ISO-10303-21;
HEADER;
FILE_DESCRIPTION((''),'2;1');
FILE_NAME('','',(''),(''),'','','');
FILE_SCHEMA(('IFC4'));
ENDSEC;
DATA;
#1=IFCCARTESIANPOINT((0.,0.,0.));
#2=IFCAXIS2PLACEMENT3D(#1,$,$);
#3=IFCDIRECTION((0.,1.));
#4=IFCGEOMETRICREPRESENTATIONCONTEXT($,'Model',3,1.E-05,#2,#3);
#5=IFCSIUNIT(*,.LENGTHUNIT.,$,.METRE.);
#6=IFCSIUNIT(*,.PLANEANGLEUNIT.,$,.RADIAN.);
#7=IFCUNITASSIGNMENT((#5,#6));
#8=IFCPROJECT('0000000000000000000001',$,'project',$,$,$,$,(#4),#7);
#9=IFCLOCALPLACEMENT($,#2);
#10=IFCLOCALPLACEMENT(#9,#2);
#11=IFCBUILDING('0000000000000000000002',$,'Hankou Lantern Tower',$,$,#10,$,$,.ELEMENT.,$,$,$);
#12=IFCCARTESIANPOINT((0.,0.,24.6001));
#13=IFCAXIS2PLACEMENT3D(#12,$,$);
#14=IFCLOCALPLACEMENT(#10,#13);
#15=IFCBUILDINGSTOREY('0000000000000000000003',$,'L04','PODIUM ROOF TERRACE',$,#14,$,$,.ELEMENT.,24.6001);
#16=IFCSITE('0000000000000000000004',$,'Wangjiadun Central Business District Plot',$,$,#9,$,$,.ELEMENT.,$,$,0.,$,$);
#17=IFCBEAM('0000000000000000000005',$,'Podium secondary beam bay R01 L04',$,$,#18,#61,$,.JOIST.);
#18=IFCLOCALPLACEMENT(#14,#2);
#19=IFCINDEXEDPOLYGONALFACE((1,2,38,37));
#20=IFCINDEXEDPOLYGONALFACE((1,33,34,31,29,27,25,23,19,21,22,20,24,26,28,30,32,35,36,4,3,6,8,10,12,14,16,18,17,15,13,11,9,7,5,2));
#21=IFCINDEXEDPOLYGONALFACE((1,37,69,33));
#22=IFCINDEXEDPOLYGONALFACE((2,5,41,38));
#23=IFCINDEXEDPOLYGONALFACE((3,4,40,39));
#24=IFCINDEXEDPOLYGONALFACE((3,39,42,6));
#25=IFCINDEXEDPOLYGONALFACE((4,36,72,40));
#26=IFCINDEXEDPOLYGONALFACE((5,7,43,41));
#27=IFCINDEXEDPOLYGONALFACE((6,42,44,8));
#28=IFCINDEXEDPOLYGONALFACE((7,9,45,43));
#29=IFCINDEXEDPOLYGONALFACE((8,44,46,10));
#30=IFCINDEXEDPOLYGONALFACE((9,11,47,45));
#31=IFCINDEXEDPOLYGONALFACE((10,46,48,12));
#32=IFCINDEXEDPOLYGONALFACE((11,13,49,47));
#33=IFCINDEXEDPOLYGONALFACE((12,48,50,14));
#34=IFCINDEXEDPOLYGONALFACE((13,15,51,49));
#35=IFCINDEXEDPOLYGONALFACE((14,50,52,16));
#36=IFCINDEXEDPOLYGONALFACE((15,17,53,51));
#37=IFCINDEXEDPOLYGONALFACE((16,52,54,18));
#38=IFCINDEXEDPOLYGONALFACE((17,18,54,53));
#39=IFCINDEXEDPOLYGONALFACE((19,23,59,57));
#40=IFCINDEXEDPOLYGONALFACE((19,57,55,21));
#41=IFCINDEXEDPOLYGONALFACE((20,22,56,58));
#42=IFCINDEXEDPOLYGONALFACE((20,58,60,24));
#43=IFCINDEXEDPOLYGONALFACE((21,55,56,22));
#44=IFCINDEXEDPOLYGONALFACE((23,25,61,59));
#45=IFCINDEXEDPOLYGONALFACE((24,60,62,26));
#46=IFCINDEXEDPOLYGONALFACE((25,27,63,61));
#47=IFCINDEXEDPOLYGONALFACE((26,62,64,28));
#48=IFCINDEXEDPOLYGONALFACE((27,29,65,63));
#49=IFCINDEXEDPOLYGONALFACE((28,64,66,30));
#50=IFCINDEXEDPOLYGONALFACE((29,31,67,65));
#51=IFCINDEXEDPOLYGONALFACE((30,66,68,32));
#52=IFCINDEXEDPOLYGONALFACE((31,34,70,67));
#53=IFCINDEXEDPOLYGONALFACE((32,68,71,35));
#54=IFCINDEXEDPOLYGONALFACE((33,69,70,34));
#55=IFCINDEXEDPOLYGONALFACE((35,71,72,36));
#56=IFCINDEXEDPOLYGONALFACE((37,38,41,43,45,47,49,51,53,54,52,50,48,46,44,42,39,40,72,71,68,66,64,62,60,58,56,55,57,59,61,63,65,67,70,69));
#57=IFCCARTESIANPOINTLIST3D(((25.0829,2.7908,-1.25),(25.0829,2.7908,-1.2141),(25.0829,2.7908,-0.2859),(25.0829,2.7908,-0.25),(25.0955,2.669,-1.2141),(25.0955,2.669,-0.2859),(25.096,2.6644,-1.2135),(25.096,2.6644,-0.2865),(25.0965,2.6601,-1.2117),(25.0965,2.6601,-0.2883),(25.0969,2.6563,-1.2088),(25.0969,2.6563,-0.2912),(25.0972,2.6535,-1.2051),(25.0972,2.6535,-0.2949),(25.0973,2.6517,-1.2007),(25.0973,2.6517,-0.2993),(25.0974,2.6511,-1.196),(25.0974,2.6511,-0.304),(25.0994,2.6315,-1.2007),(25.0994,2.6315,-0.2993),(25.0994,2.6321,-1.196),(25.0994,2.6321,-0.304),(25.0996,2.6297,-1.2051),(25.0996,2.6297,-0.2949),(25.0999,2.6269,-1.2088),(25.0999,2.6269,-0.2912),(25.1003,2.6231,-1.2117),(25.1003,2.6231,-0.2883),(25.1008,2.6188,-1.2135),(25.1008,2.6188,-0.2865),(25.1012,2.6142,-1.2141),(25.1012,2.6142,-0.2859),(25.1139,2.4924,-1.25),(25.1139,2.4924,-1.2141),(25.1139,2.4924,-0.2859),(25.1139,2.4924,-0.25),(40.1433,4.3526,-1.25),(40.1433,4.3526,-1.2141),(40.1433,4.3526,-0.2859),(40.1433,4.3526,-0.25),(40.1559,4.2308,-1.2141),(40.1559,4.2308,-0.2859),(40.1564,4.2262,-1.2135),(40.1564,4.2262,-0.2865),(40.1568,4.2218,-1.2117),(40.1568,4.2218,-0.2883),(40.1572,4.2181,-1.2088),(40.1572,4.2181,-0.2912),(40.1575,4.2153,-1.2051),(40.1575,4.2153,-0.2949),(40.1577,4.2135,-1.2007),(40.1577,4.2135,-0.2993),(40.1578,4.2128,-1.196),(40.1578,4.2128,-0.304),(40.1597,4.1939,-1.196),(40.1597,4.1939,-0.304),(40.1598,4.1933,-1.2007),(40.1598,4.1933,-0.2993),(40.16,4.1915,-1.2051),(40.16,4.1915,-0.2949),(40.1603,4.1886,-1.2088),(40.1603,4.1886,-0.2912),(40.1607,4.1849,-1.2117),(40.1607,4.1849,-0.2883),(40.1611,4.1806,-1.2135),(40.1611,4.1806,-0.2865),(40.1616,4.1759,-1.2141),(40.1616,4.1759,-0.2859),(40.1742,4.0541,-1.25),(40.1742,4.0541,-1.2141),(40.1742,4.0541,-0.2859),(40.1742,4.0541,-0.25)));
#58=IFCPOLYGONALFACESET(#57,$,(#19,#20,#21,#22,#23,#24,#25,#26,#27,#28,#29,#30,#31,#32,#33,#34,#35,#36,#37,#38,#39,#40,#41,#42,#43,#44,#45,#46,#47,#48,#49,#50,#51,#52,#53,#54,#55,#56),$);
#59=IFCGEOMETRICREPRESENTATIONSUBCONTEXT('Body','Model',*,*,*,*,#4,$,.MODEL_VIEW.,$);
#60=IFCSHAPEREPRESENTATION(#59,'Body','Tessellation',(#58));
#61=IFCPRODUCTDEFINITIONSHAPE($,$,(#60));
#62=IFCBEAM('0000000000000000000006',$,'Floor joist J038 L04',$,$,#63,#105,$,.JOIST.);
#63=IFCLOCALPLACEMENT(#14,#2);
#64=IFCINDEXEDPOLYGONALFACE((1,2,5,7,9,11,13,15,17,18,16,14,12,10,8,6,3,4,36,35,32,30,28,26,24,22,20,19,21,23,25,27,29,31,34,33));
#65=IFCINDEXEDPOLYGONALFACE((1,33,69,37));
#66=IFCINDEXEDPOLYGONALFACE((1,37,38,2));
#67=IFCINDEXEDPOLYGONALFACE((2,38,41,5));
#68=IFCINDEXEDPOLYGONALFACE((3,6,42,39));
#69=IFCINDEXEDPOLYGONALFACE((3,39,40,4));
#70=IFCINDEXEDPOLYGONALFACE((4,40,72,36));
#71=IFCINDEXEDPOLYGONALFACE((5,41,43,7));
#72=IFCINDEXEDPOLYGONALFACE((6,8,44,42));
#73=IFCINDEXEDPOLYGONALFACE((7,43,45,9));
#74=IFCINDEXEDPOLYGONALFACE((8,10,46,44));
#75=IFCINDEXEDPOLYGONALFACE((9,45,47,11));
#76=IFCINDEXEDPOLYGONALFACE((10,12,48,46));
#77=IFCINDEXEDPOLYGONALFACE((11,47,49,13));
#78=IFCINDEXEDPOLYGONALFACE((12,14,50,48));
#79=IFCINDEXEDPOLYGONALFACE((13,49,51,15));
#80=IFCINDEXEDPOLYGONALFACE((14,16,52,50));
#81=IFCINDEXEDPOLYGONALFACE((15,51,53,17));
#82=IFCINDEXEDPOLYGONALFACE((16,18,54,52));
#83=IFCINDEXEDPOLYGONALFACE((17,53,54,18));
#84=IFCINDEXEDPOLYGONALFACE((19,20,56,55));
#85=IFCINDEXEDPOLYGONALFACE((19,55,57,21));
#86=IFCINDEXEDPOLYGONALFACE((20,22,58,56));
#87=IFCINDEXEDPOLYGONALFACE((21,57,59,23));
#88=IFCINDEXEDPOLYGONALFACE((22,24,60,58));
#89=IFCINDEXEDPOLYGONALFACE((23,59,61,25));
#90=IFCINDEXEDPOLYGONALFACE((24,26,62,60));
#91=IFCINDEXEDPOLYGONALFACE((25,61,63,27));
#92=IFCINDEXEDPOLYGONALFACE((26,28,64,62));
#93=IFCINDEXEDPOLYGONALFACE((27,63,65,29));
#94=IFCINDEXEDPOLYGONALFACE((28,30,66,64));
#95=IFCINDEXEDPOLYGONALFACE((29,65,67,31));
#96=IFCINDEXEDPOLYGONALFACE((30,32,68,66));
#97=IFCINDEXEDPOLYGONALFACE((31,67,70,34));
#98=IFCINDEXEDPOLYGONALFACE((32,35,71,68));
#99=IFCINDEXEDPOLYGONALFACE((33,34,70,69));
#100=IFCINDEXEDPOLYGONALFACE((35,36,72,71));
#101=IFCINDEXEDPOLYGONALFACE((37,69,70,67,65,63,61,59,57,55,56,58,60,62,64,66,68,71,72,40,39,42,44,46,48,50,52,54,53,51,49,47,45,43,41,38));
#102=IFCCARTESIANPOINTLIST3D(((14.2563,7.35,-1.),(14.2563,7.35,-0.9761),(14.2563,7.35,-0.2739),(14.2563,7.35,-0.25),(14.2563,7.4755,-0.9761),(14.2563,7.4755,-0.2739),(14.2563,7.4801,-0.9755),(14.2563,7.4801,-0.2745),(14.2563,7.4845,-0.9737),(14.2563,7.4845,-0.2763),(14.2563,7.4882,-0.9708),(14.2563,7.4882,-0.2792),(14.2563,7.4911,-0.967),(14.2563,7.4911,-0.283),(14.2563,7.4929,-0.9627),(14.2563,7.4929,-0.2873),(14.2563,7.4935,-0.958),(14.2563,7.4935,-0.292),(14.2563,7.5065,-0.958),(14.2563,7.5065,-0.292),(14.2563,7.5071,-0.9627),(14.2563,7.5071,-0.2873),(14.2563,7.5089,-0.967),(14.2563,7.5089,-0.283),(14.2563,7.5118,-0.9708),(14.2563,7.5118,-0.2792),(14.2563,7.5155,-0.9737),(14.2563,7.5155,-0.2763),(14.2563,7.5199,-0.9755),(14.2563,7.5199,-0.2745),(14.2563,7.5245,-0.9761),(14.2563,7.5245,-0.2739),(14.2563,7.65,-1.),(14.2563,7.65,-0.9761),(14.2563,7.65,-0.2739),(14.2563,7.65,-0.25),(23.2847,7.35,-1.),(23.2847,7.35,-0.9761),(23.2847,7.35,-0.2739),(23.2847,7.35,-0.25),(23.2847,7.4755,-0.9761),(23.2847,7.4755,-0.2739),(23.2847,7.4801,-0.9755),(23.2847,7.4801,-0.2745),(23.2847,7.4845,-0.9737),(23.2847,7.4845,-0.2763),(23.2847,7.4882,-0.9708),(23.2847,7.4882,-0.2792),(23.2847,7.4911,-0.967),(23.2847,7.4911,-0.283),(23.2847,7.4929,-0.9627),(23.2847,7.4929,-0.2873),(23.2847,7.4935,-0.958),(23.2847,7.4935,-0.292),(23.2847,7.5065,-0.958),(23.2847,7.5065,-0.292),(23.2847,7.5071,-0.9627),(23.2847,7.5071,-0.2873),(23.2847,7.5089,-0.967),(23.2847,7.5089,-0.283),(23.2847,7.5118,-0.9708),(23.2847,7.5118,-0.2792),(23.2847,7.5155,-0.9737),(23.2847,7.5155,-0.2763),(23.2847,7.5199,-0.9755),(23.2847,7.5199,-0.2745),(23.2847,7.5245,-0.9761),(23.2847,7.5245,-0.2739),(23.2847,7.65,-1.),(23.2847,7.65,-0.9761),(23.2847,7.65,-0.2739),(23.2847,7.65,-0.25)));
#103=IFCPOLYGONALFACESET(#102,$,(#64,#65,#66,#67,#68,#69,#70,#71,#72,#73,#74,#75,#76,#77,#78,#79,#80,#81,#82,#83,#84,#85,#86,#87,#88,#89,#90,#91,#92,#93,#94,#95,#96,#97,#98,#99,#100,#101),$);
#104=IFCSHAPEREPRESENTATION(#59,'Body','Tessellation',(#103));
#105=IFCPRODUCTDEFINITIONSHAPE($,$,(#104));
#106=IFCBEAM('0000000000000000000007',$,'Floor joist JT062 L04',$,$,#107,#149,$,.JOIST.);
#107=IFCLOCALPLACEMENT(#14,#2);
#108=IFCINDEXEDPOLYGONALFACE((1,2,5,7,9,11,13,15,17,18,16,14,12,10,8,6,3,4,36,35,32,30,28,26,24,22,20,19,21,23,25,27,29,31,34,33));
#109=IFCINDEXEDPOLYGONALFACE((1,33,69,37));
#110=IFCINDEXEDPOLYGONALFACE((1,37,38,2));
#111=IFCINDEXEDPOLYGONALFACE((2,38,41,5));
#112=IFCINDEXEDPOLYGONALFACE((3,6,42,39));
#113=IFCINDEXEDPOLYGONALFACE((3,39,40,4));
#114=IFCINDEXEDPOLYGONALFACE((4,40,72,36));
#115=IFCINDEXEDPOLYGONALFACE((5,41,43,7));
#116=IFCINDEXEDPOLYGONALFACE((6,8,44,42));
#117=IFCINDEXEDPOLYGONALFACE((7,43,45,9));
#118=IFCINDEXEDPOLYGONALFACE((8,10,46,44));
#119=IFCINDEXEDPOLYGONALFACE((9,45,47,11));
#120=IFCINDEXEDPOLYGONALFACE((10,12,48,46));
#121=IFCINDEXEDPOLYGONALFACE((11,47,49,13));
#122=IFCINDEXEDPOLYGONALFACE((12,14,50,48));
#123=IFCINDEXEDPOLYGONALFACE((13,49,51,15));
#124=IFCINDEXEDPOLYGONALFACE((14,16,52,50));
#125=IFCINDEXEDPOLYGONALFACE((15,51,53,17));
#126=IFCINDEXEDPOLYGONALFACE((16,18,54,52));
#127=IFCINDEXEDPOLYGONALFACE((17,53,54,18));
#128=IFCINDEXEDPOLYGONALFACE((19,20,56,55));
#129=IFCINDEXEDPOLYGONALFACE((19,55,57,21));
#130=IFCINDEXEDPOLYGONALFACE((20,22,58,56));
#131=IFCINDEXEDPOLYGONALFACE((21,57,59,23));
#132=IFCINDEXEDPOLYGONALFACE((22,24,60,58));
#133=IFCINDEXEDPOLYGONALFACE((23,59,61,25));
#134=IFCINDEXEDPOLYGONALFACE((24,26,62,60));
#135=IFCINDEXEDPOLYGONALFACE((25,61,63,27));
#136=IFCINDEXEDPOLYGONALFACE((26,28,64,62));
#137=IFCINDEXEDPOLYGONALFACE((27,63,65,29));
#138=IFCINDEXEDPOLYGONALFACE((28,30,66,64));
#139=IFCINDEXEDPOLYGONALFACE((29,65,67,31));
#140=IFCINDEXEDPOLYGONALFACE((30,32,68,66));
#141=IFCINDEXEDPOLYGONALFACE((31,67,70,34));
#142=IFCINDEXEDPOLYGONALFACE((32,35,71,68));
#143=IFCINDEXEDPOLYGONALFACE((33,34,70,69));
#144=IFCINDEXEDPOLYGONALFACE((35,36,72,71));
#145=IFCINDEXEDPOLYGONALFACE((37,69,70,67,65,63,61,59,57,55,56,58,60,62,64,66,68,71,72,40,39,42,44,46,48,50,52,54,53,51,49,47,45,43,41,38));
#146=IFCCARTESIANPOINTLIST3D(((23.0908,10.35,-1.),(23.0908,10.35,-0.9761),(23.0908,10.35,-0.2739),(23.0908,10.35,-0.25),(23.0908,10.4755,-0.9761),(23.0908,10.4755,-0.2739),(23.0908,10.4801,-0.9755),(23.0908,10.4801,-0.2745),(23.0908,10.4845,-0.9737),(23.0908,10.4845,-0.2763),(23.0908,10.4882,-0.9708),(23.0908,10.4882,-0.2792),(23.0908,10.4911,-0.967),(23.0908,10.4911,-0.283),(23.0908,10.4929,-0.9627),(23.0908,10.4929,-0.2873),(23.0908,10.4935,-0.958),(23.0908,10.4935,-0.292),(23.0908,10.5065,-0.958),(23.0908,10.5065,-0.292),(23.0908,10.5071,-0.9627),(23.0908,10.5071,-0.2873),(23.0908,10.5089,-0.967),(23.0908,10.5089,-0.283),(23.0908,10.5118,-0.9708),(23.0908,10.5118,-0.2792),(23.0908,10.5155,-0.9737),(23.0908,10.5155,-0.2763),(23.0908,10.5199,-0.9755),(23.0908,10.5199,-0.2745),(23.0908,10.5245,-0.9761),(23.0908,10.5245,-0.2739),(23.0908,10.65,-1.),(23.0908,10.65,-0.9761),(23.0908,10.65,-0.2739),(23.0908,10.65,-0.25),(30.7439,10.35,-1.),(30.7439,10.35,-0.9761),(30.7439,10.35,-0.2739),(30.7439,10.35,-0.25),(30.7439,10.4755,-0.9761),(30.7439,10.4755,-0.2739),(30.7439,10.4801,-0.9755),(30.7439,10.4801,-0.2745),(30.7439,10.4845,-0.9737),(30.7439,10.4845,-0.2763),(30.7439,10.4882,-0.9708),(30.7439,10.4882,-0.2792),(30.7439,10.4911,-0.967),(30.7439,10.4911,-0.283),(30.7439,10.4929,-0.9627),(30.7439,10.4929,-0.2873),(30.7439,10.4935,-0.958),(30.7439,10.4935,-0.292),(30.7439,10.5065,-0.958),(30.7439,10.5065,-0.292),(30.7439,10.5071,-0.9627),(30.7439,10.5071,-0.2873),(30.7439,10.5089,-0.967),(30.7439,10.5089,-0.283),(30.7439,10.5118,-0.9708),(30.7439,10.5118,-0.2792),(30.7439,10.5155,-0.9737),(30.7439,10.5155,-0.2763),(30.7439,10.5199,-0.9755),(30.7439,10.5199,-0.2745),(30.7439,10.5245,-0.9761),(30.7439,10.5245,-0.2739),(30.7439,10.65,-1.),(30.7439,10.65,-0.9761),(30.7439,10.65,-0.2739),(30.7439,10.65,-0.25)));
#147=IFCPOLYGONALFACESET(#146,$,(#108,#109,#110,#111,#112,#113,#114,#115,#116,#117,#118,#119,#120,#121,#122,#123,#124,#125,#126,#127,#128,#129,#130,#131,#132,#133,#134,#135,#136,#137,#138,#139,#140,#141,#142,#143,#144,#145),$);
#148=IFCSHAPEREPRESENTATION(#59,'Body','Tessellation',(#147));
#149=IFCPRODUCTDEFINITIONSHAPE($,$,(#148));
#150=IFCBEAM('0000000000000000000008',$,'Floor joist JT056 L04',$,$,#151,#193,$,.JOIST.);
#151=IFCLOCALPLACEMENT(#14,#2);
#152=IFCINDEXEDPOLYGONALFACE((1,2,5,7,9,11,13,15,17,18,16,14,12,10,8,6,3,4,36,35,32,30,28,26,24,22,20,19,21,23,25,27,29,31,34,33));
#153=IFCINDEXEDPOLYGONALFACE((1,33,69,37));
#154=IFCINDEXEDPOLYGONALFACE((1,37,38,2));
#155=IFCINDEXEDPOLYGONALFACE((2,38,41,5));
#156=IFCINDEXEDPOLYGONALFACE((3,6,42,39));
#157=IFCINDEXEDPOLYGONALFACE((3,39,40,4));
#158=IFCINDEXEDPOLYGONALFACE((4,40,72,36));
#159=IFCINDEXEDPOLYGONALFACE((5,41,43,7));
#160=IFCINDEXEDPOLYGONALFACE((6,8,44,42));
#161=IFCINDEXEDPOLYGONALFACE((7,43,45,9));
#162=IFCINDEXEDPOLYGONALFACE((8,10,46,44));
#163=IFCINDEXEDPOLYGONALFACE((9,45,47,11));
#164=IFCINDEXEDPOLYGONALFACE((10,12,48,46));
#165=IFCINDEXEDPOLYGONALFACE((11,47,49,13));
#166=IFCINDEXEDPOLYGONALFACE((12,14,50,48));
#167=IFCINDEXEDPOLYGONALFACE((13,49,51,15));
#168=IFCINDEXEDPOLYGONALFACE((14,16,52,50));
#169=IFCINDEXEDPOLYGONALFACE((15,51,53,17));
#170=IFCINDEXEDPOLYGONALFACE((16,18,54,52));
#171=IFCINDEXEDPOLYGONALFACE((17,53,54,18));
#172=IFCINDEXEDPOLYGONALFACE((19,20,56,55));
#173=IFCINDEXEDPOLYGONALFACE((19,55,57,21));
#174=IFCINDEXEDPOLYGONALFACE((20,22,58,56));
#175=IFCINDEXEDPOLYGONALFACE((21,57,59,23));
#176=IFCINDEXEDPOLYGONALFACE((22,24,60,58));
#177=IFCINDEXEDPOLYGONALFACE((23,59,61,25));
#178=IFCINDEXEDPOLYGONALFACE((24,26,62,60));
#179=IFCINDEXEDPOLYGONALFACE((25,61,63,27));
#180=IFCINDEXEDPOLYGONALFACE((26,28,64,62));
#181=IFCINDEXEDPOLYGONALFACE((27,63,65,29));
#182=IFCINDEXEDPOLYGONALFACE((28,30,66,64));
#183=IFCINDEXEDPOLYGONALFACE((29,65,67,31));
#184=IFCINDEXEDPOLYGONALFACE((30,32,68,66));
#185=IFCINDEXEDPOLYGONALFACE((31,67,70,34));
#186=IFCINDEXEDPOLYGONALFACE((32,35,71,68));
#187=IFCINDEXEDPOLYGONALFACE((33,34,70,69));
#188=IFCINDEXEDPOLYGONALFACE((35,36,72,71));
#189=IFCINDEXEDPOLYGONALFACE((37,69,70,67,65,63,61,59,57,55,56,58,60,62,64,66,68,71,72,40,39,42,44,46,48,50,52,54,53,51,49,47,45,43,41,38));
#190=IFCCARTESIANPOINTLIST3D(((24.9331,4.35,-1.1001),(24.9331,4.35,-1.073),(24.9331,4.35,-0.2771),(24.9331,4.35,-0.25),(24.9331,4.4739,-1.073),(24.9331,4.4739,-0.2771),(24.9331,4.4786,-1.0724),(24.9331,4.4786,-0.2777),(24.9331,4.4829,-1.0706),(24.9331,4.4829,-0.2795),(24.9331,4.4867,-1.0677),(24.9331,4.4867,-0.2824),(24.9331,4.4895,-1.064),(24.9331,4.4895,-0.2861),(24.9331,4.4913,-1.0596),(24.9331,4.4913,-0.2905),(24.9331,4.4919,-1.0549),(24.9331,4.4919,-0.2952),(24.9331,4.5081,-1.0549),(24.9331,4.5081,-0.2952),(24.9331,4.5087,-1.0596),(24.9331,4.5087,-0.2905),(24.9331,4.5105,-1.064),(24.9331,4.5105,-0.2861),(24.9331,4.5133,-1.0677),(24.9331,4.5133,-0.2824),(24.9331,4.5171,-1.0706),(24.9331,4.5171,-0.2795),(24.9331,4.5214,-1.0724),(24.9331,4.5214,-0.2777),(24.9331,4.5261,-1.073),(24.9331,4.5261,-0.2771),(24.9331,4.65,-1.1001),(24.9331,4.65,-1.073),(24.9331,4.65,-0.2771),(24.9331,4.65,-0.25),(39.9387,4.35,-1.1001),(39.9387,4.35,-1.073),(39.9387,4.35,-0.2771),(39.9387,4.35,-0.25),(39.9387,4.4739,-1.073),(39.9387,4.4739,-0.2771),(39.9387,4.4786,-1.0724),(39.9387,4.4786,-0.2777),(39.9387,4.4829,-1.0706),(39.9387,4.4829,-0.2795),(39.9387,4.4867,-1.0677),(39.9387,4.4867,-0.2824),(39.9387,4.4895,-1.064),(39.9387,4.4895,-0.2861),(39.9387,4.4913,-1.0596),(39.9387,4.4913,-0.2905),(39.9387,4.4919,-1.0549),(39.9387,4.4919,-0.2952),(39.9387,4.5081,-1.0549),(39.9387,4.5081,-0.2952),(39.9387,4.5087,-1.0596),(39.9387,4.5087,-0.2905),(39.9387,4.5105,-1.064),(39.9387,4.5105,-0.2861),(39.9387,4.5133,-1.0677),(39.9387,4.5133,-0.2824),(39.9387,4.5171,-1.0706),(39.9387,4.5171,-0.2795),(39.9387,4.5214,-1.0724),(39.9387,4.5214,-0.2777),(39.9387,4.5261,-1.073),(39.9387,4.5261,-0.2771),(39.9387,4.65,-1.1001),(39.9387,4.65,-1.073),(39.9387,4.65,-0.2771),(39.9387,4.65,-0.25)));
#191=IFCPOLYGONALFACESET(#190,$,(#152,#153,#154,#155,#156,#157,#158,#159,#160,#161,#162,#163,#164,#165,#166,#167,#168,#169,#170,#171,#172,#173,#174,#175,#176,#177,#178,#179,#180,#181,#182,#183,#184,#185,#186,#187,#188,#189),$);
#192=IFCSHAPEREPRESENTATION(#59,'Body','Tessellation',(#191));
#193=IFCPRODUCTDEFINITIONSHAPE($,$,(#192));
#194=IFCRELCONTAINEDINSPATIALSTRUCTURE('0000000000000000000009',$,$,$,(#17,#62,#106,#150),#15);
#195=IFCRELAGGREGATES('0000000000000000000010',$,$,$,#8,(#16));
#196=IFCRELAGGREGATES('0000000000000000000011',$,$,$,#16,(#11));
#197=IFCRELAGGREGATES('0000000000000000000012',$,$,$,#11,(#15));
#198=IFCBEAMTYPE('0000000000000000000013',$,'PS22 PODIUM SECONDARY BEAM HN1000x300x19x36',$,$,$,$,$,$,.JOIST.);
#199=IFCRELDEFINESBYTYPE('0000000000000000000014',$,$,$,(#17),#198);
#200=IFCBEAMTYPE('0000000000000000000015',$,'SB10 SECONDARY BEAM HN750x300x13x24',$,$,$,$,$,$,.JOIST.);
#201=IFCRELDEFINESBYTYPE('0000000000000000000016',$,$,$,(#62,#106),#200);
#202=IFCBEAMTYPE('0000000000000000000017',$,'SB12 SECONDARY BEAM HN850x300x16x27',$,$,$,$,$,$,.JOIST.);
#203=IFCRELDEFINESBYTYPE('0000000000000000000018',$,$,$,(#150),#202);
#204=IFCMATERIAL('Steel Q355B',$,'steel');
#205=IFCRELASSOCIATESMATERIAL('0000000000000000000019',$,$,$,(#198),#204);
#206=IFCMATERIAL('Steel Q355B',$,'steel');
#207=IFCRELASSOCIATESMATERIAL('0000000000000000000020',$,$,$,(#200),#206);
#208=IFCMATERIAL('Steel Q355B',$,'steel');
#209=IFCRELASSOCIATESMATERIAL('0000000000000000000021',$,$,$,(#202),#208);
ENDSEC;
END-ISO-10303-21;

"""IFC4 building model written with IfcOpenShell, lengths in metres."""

from ifc_helpers import new_model, si_unit, direction, frame, origin, origin_2d, place, context, subcontext, project, spatial, i_section, extrude, material, material_profile, profile_set, type_object, element, save


model = new_model("IFC4")

# Units and contexts
model_context = context("Model", 3, precision=1e-05, world=origin(), true_north=direction((0.0, 1.0)))
body_context = subcontext(model_context, "Body", "Model", "MODEL_VIEW")
ifc_project = project(units=[si_unit("LENGTHUNIT", "METRE"), si_unit("PLANEANGLEUNIT", "RADIAN")], contexts=[model_context])

# Site, building, storey
site_placement = place(None, origin())
site = spatial("IfcSite", under=ifc_project, at=site_placement, Name="Wangjiadun Central Business District Plot", CompositionType="ELEMENT", RefElevation=0.0)
building_placement = place(site_placement, origin())
building = spatial("IfcBuilding", under=site, at=building_placement, Name="Hankou Lantern Tower", CompositionType="ELEMENT")
storey_placement = place(building_placement, frame((0.0, 0.0, 24.6001)))
storey = spatial("IfcBuildingStorey", under=building, at=storey_placement, Name="L04", Description="PODIUM ROOF TERRACE", CompositionType="ELEMENT", Elevation=24.6001)

# Beams
ifc_material_1 = material(Name="Steel Q355B", Category="steel")
ifc_material_profile_1 = material_profile(ifc_material_1, i_section(OverallWidth=0.3, OverallDepth=1.0, WebThickness=0.019, FlangeThickness=0.0359, FilletRadius=0.0181, at=origin_2d()), Name="HN1000x300x19x36")
ifc_profile_set_1 = profile_set([ifc_material_profile_1], Name="Steel Q355B")
beam_type_1 = type_object("IfcBeamType", Name="PS22 PODIUM SECONDARY BEAM HN1000x300x19x36", PredefinedType="JOIST", material=ifc_profile_set_1)
beam_1_placement = place(storey_placement, frame((25.0984, 2.6416, -0.75), z_axis=(0.994666, 0.103148, 0.0), x_axis=(-0.103148, 0.994666, 0.0)))
element("IfcBeam", 1, at=beam_1_placement, inside=storey, type_object=beam_type_1, Name="Podium secondary beam bay R01 L04", PredefinedType="JOIST", context=body_context, shape_type="SweptSolid", body=[
    extrude(i_section(OverallWidth=0.3, OverallDepth=1.0, WebThickness=0.019, FlangeThickness=0.0359, FilletRadius=0.0181, at=origin_2d()), origin(), (0.0, 0.0, 1.0), 15.1411),
])
ifc_material_2 = material(Name="Steel Q355B", Category="steel")
ifc_material_profile_2 = material_profile(ifc_material_2, i_section(OverallWidth=0.3, OverallDepth=0.75, WebThickness=0.0129, FlangeThickness=0.0239, FilletRadius=0.0181, at=origin_2d()), Name="HN750x300x13x24")
ifc_profile_set_2 = profile_set([ifc_material_profile_2], Name="Steel Q355B")
beam_type_2 = type_object("IfcBeamType", Name="SB10 SECONDARY BEAM HN750x300x13x24", PredefinedType="JOIST", material=ifc_profile_set_2)
beam_2_placement = place(storey_placement, frame((14.2563, 7.5, -0.625), z_axis=(1.0, 0.0, 0.0), x_axis=(0.0, 1.0, 0.0)))
element("IfcBeam", 2, at=beam_2_placement, inside=storey, type_object=beam_type_2, Name="Floor joist J038 L04", PredefinedType="JOIST", context=body_context, shape_type="SweptSolid", body=[
    extrude(i_section(OverallWidth=0.3, OverallDepth=0.75, WebThickness=0.0129, FlangeThickness=0.0239, FilletRadius=0.0181, at=origin_2d()), origin(), (0.0, 0.0, 1.0), 9.0283),
])
beam_3_placement = place(storey_placement, frame((23.0908, 10.5, -0.625), z_axis=(1.0, 0.0, 0.0), x_axis=(0.0, 1.0, 0.0)))
element("IfcBeam", 3, at=beam_3_placement, inside=storey, type_object=beam_type_2, Name="Floor joist JT062 L04", PredefinedType="JOIST", context=body_context, shape_type="SweptSolid", body=[
    extrude(i_section(OverallWidth=0.3, OverallDepth=0.75, WebThickness=0.0129, FlangeThickness=0.0239, FilletRadius=0.0181, at=origin_2d()), origin(), (0.0, 0.0, 1.0), 7.6531),
])
ifc_material_3 = material(Name="Steel Q355B", Category="steel")
ifc_material_profile_3 = material_profile(ifc_material_3, i_section(OverallWidth=0.3, OverallDepth=0.8501, WebThickness=0.0161, FlangeThickness=0.0271, FilletRadius=0.0181, at=origin_2d()), Name="HN850x300x16x27")
ifc_profile_set_3 = profile_set([ifc_material_profile_3], Name="Steel Q355B")
beam_type_3 = type_object("IfcBeamType", Name="SB12 SECONDARY BEAM HN850x300x16x27", PredefinedType="JOIST", material=ifc_profile_set_3)
beam_4_placement = place(storey_placement, frame((24.9331, 4.5, -0.675), z_axis=(1.0, 0.0, 0.0), x_axis=(0.0, 1.0, 0.0)))
element("IfcBeam", 4, at=beam_4_placement, inside=storey, type_object=beam_type_3, Name="Floor joist JT056 L04", PredefinedType="JOIST", context=body_context, shape_type="SweptSolid", body=[
    extrude(i_section(OverallWidth=0.3, OverallDepth=0.8501, WebThickness=0.0161, FlangeThickness=0.0271, FilletRadius=0.0181, at=origin_2d()), origin(), (0.0, 0.0, 1.0), 15.0056),
])

save(model, "model.ifc")
